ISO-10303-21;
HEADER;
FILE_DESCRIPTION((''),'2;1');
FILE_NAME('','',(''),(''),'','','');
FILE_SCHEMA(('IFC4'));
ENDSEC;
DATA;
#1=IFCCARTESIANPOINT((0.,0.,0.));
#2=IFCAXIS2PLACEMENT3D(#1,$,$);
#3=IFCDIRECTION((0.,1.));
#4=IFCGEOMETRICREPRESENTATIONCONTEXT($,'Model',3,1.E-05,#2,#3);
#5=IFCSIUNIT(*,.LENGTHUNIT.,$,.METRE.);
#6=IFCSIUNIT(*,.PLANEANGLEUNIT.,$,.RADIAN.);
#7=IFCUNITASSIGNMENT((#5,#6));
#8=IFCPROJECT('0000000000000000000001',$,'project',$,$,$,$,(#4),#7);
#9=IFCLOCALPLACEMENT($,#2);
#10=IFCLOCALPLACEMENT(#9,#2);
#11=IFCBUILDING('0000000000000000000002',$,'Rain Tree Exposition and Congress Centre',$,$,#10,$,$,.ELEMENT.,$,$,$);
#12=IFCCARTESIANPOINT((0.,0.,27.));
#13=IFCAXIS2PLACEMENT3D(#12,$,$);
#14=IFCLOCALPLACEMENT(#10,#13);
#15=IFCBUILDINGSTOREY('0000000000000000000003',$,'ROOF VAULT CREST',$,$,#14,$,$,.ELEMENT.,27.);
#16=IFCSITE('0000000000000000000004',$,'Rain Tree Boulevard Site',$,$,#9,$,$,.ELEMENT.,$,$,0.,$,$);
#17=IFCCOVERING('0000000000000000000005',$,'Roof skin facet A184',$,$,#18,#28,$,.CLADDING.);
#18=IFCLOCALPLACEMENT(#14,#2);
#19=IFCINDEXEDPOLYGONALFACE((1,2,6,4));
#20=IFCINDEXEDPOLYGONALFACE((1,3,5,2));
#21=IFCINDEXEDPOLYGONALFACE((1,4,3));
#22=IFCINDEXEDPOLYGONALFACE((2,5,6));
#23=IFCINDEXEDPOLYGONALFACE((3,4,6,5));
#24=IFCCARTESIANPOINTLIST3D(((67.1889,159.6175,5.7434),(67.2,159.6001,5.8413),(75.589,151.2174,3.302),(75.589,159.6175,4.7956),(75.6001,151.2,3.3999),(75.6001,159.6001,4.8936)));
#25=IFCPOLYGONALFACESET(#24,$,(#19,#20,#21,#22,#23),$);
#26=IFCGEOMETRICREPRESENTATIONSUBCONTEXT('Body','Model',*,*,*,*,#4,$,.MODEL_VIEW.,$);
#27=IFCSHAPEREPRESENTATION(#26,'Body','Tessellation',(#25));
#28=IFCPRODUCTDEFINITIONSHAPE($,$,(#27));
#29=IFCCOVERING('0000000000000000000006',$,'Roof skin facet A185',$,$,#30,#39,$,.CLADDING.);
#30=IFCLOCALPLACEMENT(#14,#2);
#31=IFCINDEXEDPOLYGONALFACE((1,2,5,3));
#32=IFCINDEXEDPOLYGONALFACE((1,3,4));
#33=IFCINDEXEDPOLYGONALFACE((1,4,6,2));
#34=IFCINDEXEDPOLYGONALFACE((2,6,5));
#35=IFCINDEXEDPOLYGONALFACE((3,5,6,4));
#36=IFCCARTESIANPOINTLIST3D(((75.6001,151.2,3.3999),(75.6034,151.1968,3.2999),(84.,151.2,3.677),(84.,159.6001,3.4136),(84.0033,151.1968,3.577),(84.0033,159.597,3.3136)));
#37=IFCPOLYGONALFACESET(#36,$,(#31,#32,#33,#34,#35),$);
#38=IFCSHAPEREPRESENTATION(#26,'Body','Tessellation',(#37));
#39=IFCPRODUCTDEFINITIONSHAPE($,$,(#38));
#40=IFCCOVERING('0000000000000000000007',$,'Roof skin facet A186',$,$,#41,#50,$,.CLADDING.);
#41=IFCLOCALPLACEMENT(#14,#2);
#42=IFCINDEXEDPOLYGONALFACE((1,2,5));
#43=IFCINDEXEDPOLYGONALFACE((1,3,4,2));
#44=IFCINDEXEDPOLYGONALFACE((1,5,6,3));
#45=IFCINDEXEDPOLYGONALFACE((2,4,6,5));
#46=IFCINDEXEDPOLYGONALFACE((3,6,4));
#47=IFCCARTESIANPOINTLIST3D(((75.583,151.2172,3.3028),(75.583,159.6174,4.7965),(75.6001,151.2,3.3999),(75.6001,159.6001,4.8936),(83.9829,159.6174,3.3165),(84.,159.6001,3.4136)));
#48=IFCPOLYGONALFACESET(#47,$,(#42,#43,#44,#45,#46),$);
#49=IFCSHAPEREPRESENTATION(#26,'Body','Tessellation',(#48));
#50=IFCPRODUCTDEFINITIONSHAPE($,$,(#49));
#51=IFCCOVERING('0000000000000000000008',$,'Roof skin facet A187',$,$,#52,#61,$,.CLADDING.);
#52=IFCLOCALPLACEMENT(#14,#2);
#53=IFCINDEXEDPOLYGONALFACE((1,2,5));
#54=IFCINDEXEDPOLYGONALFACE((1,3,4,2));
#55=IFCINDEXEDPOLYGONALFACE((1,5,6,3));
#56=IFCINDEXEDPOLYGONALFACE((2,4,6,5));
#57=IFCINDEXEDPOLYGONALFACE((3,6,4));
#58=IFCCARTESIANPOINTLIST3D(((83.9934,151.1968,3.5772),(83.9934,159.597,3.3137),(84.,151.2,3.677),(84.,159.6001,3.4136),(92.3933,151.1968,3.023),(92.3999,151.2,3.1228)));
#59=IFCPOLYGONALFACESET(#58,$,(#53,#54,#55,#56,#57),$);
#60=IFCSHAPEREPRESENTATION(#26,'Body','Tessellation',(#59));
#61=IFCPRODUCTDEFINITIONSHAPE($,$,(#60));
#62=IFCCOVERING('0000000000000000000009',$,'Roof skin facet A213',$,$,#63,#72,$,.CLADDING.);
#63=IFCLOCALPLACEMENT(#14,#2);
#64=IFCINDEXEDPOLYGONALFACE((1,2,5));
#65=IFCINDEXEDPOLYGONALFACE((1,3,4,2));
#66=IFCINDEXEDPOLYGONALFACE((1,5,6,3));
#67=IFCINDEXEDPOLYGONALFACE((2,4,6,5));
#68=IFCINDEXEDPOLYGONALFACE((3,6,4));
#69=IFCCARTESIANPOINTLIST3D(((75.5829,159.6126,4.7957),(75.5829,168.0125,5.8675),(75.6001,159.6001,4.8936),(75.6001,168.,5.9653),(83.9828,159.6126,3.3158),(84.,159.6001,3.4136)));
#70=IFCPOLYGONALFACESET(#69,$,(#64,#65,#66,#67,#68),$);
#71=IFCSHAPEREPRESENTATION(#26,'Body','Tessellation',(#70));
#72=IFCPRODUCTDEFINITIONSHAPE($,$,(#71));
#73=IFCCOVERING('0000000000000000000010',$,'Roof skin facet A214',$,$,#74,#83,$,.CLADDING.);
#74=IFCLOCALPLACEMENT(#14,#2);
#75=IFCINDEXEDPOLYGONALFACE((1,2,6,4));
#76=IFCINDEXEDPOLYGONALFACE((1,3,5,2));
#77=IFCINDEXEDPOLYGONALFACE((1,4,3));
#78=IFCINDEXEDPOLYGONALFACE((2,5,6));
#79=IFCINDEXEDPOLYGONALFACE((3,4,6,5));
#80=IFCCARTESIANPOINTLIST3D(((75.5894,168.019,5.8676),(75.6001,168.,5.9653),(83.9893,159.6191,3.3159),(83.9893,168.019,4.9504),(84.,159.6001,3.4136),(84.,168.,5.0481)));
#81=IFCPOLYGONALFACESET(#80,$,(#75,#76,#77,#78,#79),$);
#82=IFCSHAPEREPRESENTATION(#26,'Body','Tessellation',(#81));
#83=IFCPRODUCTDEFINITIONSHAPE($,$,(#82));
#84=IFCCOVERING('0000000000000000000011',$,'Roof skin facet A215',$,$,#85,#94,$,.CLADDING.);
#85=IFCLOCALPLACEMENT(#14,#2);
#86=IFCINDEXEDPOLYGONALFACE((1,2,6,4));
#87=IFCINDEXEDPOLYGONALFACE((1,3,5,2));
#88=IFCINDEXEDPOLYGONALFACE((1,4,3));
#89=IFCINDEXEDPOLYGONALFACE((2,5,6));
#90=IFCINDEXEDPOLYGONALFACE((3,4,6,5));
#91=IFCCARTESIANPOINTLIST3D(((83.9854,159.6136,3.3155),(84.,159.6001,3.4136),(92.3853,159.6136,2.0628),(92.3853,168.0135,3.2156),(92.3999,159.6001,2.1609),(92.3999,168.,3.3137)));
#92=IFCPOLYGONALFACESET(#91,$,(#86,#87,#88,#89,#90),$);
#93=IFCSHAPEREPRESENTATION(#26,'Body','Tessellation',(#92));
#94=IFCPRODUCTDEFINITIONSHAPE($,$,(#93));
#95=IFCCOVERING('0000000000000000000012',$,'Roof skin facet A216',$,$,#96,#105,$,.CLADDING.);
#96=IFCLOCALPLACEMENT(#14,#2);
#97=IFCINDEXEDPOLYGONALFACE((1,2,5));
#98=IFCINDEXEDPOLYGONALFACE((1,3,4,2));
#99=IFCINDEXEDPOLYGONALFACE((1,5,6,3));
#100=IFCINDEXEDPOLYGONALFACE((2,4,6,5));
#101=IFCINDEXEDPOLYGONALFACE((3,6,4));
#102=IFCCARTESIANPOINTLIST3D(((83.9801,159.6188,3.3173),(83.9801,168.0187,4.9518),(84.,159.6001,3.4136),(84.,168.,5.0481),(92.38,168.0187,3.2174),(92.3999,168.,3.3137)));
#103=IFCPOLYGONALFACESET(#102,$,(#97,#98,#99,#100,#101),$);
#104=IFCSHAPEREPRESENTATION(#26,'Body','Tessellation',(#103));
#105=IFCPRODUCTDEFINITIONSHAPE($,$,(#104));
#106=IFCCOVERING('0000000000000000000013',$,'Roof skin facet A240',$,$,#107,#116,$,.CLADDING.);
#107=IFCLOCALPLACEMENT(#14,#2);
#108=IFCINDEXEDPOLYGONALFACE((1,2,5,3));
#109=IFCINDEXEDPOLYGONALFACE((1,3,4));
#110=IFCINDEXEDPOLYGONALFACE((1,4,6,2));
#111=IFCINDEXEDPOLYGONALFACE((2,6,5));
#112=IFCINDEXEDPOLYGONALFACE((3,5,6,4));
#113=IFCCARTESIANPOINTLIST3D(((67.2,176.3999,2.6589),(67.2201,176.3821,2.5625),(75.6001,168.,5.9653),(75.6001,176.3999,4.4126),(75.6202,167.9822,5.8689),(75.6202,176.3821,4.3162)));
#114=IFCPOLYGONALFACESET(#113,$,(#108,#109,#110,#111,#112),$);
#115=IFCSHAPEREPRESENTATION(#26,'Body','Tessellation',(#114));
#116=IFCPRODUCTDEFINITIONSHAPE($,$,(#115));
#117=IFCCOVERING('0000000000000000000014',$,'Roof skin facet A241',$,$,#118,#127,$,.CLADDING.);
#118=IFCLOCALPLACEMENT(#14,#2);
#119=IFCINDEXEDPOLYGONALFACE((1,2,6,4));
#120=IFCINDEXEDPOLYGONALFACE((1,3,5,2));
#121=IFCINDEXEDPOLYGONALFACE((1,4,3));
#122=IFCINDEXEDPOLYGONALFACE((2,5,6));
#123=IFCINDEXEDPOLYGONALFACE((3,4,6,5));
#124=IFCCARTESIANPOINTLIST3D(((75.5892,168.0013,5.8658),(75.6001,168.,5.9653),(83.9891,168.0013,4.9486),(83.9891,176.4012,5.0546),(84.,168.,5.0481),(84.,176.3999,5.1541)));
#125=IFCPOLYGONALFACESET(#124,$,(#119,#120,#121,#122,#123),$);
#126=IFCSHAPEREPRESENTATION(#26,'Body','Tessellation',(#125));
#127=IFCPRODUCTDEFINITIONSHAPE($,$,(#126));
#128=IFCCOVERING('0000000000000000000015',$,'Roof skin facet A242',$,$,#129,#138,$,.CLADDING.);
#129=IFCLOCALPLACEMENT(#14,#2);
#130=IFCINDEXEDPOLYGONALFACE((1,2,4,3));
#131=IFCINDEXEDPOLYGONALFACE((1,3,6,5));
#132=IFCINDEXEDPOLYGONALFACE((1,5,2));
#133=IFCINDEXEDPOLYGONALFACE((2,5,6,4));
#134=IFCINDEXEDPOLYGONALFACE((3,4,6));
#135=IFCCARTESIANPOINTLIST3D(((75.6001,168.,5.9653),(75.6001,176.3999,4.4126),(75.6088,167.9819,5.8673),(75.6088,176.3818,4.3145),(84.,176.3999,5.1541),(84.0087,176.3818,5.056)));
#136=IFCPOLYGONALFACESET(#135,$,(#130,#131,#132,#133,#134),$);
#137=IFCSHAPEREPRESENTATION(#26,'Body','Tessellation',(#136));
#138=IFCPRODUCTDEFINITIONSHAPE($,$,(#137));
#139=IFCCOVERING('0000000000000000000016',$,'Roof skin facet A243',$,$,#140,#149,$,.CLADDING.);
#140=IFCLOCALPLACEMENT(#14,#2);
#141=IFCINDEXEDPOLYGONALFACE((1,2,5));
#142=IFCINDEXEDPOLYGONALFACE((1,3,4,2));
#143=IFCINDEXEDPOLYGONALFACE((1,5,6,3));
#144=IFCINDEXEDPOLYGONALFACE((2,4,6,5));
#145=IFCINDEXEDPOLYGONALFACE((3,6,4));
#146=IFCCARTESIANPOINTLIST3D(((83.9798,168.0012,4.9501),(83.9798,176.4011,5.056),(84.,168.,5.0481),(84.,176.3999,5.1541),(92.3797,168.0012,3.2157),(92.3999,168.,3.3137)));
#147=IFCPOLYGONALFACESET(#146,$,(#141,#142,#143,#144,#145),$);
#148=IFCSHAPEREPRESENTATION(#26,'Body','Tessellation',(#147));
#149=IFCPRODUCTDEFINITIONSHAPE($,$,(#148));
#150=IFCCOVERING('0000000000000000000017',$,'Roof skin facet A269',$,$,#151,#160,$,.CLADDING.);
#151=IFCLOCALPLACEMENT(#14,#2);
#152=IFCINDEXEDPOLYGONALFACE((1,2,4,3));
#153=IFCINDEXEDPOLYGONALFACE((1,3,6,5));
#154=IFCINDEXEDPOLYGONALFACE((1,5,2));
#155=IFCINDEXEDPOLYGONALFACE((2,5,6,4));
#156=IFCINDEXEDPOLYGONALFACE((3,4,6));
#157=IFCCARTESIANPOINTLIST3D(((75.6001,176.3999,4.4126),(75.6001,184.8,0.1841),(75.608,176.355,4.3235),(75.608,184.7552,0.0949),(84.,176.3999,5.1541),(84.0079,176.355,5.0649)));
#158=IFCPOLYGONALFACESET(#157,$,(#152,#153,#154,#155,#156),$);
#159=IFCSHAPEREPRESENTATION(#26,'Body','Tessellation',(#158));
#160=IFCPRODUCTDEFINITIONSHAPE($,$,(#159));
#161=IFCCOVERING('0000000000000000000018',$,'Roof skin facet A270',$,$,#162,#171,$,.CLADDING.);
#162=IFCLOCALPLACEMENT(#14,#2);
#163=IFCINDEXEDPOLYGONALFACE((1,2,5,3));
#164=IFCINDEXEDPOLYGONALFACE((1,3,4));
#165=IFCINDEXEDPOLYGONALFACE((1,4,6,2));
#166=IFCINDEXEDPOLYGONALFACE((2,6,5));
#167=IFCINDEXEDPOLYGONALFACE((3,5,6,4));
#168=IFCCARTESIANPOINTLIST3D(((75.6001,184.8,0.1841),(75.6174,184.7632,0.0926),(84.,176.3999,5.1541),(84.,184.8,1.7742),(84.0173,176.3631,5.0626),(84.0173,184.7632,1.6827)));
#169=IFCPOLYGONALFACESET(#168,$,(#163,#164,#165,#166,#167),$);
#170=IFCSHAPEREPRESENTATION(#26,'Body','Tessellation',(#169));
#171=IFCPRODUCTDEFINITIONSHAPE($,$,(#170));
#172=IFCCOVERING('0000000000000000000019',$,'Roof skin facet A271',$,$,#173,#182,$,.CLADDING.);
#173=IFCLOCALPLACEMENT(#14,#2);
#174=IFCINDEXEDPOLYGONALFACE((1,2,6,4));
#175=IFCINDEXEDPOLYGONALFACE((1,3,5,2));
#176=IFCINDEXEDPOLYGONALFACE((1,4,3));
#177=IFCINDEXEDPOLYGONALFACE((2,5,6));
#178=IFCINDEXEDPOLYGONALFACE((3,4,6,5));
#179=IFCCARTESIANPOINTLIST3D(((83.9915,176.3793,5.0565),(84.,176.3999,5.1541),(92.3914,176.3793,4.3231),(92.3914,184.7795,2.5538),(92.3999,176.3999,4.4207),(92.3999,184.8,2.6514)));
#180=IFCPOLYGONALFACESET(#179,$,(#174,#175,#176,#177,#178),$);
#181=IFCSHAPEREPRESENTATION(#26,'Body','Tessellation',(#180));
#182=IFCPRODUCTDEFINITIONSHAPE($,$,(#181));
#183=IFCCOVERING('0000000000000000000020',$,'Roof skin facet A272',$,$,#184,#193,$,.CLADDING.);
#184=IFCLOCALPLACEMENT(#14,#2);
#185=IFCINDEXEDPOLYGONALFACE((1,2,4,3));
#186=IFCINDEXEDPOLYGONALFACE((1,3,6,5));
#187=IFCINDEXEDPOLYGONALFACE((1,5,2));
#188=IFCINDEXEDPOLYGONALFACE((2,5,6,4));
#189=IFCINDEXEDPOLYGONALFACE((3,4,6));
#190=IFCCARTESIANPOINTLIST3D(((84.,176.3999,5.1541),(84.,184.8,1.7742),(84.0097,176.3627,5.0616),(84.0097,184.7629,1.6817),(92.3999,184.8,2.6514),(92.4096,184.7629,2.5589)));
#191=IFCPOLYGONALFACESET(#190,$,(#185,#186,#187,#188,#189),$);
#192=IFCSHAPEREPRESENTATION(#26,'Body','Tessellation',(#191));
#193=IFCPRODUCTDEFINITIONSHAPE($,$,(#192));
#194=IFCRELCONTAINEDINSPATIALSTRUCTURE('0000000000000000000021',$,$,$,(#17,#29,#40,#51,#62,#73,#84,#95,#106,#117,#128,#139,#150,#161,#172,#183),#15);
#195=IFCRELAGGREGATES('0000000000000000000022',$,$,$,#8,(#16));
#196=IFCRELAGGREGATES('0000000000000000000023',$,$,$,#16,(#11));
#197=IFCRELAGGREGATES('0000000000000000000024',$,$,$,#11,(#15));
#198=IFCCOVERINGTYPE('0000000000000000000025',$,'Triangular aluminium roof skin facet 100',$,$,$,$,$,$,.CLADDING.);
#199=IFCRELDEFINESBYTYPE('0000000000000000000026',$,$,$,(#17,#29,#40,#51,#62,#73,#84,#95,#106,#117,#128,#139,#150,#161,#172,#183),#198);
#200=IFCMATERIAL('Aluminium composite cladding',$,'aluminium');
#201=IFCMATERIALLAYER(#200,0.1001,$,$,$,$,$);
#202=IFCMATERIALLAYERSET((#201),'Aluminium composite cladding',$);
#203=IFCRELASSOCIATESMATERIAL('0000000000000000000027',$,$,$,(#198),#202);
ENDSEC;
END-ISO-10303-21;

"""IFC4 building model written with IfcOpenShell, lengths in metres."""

from ifc_helpers import new_model, si_unit, direction, frame, origin, place, context, subcontext, project, spatial, polyline, outline, extrude, material, layer, layer_set, type_object, element, save


model = new_model("IFC4")

# Units and contexts
model_context = context("Model", 3, precision=1e-05, world=origin(), true_north=direction((0.0, 1.0)))
body_context = subcontext(model_context, "Body", "Model", "MODEL_VIEW")
ifc_project = project(units=[si_unit("LENGTHUNIT", "METRE"), si_unit("PLANEANGLEUNIT", "RADIAN")], contexts=[model_context])

# Site, building, storey
site_placement = place(None, origin())
site = spatial("IfcSite", under=ifc_project, at=site_placement, Name="Rain Tree Boulevard Site", CompositionType="ELEMENT", RefElevation=0.0)
building_placement = place(site_placement, origin())
building = spatial("IfcBuilding", under=site, at=building_placement, Name="Rain Tree Exposition and Congress Centre", CompositionType="ELEMENT")
storey_placement = place(building_placement, frame((0.0, 0.0, 27.0)))
storey = spatial("IfcBuildingStorey", under=building, at=storey_placement, Name="ROOF VAULT CREST", CompositionType="ELEMENT", Elevation=27.0)

# Coverings
ifc_material_1 = material(Name="Aluminium composite cladding", Category="aluminium")
ifc_layer_1 = layer(ifc_material_1, 0.1001)
ifc_layer_set_1 = layer_set([ifc_layer_1], Name="Aluminium composite cladding")
covering_type_1 = type_object("IfcCoveringType", Name="Triangular aluminium roof skin facet 100", PredefinedType="CLADDING", material=ifc_layer_set_1)
covering_1_placement = place(storey_placement, frame((75.6001, 151.2, 3.3999), z_axis=(0.110404, -0.173996, 0.978538), x_axis=(0.0, 0.984557, 0.175067)))
element("IfcCovering", 1, at=covering_1_placement, inside=storey, type_object=covering_type_1, Name="Roof skin facet A184", PredefinedType="CLADDING", context=body_context, shape_type="SweptSolid", body=[
    extrude(outline(polyline([(0.0, 0.0), (8.5319, 0.0), (8.6978, 8.4518), (0.0, 0.0)])), origin(), (0.0, 0.0, -1.0), 0.1001),
])
covering_2_placement = place(storey_placement, frame((75.6001, 151.2, 3.3999), z_axis=(-0.032954, 0.031327, 0.998966), x_axis=(0.999456, 0.0, 0.03297)))
element("IfcCovering", 2, at=covering_2_placement, inside=storey, type_object=covering_type_1, Name="Roof skin facet A185", PredefinedType="CLADDING", context=body_context, shape_type="SweptSolid", body=[
    extrude(outline(polyline([(0.0, 0.0), (8.4045, 0.0), (8.3958, 8.4043), (0.0, 0.0)])), origin(), (0.0, 0.0, -1.0), 0.1001),
])
covering_3_placement = place(storey_placement, frame((75.6001, 151.2, 3.3999), z_axis=(0.170917, -0.172491, 0.970069), x_axis=(0.707096, 0.707117, 0.001151)))
element("IfcCovering", 3, at=covering_3_placement, inside=storey, type_object=covering_type_1, Name="Roof skin facet A186", PredefinedType="CLADDING", context=body_context, shape_type="SweptSolid", body=[
    extrude(outline(polyline([(0.0, 0.0), (11.8794, 0.0), (5.9416, 6.123), (0.0, 0.0)])), origin(), (0.0, 0.0, -1.0), 0.1001),
])
covering_4_placement = place(storey_placement, frame((84.0, 151.2, 3.677), z_axis=(0.065802, 0.031277, 0.997342), x_axis=(0.997831, 0.0, -0.065834)))
element("IfcCovering", 4, at=covering_4_placement, inside=storey, type_object=covering_type_1, Name="Roof skin facet A187", PredefinedType="CLADDING", context=body_context, shape_type="SweptSolid", body=[
    extrude(outline(polyline([(0.0, 0.0), (8.4182, 0.0), (0.0173, 8.4043), (0.0, 0.0)])), origin(), (0.0, 0.0, -1.0), 0.1001),
])
covering_5_placement = place(storey_placement, frame((75.6001, 159.6001, 4.8936), z_axis=(0.172164, -0.124678, 0.977146), x_axis=(0.984831, 0.0, -0.173518)))
element("IfcCovering", 5, at=covering_5_placement, inside=storey, type_object=covering_type_1, Name="Roof skin facet A213", PredefinedType="CLADDING", context=body_context, shape_type="SweptSolid", body=[
    extrude(outline(polyline([(0.0, 0.0), (8.5293, 0.0), (-0.186, 8.466), (0.0, 0.0)])), origin(), (0.0, 0.0, -1.0), 0.1001),
])
covering_6_placement = place(storey_placement, frame((84.0, 159.6001, 3.4136), z_axis=(0.106575, -0.189918, 0.975998), x_axis=(0.0, 0.981589, 0.191006)))
element("IfcCovering", 6, at=covering_6_placement, inside=storey, type_object=covering_type_1, Name="Roof skin facet A214", PredefinedType="CLADDING", context=body_context, shape_type="SweptSolid", body=[
    extrude(outline(polyline([(0.0, 0.0), (8.5575, 0.0), (8.7327, 8.448), (0.0, 0.0)])), origin(), (0.0, 0.0, -1.0), 0.1001),
])
covering_7_placement = place(storey_placement, frame((84.0, 159.6001, 3.4136), z_axis=(0.146159, -0.134509, 0.980074), x_axis=(0.989062, 0.0, -0.1475)))
element("IfcCovering", 7, at=covering_7_placement, inside=storey, type_object=covering_type_1, Name="Roof skin facet A215", PredefinedType="CLADDING", context=body_context, shape_type="SweptSolid", body=[
    extrude(outline(polyline([(0.0, 0.0), (8.4928, 0.0), (8.3228, 8.4769), (0.0, 0.0)])), origin(), (0.0, 0.0, -1.0), 0.1001),
])
covering_8_placement = place(storey_placement, frame((84.0, 159.6001, 3.4136), z_axis=(0.198636, -0.187199, 0.962029), x_axis=(0.707082, 0.707082, -0.008405)))
element("IfcCovering", 8, at=covering_8_placement, inside=storey, type_object=covering_type_1, Name="Roof skin facet A216", PredefinedType="CLADDING", context=body_context, shape_type="SweptSolid", body=[
    extrude(outline(polyline([(0.0, 0.0), (11.8797, 0.0), (5.9257, 6.1738), (0.0, 0.0)])), origin(), (0.0, 0.0, -1.0), 0.1001),
])
covering_9_placement = place(storey_placement, frame((75.6001, 168.0, 5.9653), z_axis=(-0.201094, 0.178059, 0.963253), x_axis=(0.0, 0.983341, -0.181772)))
element("IfcCovering", 9, at=covering_9_placement, inside=storey, type_object=covering_type_1, Name="Roof skin facet A240", PredefinedType="CLADDING", context=body_context, shape_type="SweptSolid", body=[
    extrude(outline(polyline([(0.0, 0.0), (8.5422, 0.0), (8.861, 8.5753), (0.0, 0.0)])), origin(), (0.0, 0.0, -1.0), 0.1001),
])
covering_10_placement = place(storey_placement, frame((75.6001, 168.0, 5.9653), z_axis=(0.108542, -0.012539, 0.994013), x_axis=(0.994091, 0.0, -0.108551)))
element("IfcCovering", 10, at=covering_10_placement, inside=storey, type_object=covering_type_1, Name="Roof skin facet A241", PredefinedType="CLADDING", context=body_context, shape_type="SweptSolid", body=[
    extrude(outline(polyline([(0.0, 0.0), (8.4498, 0.0), (8.4383, 8.4006), (0.0, 0.0)])), origin(), (0.0, 0.0, -1.0), 0.1001),
])
covering_11_placement = place(storey_placement, frame((75.6001, 168.0, 5.9653), z_axis=(-0.086474, 0.181091, 0.979657), x_axis=(0.705464, 0.705464, -0.068135)))
element("IfcCovering", 11, at=covering_11_placement, inside=storey, type_object=covering_type_1, Name="Roof skin facet A242", PredefinedType="CLADDING", context=body_context, shape_type="SweptSolid", body=[
    extrude(outline(polyline([(0.0, 0.0), (11.9069, 0.0), (6.0316, 6.0489), (0.0, 0.0)])), origin(), (0.0, 0.0, -1.0), 0.1001),
])
covering_12_placement = place(storey_placement, frame((84.0, 168.0, 5.0481), z_axis=(0.202195, -0.012353, 0.979267), x_axis=(0.979342, 0.0, -0.20221)))
element("IfcCovering", 12, at=covering_12_placement, inside=storey, type_object=covering_type_1, Name="Roof skin facet A243", PredefinedType="CLADDING", context=body_context, shape_type="SweptSolid", body=[
    extrude(outline(polyline([(0.0, 0.0), (8.5771, 0.0), (-0.0214, 8.4005), (0.0, 0.0)])), origin(), (0.0, 0.0, -1.0), 0.1001),
])
covering_13_placement = place(storey_placement, frame((75.6001, 176.3999, 4.4126), z_axis=(-0.0786, 0.44824, 0.890451), x_axis=(0.996127, 0.0, 0.087928)))
element("IfcCovering", 13, at=covering_13_placement, inside=storey, type_object=covering_type_1, Name="Roof skin facet A269", PredefinedType="CLADDING", context=body_context, shape_type="SweptSolid", body=[
    extrude(outline(polyline([(0.0, 0.0), (8.4326, 0.0), (-0.3718, 9.3971), (0.0, 0.0)])), origin(), (0.0, 0.0, -1.0), 0.1001),
])
covering_14_placement = place(storey_placement, frame((84.0, 176.3999, 5.1541), z_axis=(-0.172969, 0.367651, 0.913737), x_axis=(0.0, 0.92772, -0.373277)))
element("IfcCovering", 14, at=covering_14_placement, inside=storey, type_object=covering_type_1, Name="Roof skin facet A270", PredefinedType="CLADDING", context=body_context, shape_type="SweptSolid", body=[
    extrude(outline(polyline([(0.0, 0.0), (9.0546, 0.0), (9.6482, 8.5284), (0.0, 0.0)])), origin(), (0.0, 0.0, -1.0), 0.1001),
])
covering_15_placement = place(storey_placement, frame((84.0, 176.3999, 5.1541), z_axis=(0.085126, 0.205356, 0.974978), x_axis=(0.99621, 0.0, -0.086979)))
element("IfcCovering", 15, at=covering_15_placement, inside=storey, type_object=covering_type_1, Name="Roof skin facet A271", PredefinedType="CLADDING", context=body_context, shape_type="SweptSolid", body=[
    extrude(outline(polyline([(0.0, 0.0), (8.4319, 0.0), (8.5857, 8.5831), (0.0, 0.0)])), origin(), (0.0, 0.0, -1.0), 0.1001),
])
covering_16_placement = place(storey_placement, frame((84.0, 176.3999, 5.1541), z_axis=(-0.09643, 0.371538, 0.923396), x_axis=(0.691909, 0.691929, -0.206149)))
element("IfcCovering", 16, at=covering_16_placement, inside=storey, type_object=covering_type_1, Name="Roof skin facet A272", PredefinedType="CLADDING", context=body_context, shape_type="SweptSolid", body=[
    extrude(outline(polyline([(0.0, 0.0), (12.1402, 0.0), (6.5091, 6.2943), (0.0, 0.0)])), origin(), (0.0, 0.0, -1.0), 0.1001),
])

save(model, "model.ifc")
